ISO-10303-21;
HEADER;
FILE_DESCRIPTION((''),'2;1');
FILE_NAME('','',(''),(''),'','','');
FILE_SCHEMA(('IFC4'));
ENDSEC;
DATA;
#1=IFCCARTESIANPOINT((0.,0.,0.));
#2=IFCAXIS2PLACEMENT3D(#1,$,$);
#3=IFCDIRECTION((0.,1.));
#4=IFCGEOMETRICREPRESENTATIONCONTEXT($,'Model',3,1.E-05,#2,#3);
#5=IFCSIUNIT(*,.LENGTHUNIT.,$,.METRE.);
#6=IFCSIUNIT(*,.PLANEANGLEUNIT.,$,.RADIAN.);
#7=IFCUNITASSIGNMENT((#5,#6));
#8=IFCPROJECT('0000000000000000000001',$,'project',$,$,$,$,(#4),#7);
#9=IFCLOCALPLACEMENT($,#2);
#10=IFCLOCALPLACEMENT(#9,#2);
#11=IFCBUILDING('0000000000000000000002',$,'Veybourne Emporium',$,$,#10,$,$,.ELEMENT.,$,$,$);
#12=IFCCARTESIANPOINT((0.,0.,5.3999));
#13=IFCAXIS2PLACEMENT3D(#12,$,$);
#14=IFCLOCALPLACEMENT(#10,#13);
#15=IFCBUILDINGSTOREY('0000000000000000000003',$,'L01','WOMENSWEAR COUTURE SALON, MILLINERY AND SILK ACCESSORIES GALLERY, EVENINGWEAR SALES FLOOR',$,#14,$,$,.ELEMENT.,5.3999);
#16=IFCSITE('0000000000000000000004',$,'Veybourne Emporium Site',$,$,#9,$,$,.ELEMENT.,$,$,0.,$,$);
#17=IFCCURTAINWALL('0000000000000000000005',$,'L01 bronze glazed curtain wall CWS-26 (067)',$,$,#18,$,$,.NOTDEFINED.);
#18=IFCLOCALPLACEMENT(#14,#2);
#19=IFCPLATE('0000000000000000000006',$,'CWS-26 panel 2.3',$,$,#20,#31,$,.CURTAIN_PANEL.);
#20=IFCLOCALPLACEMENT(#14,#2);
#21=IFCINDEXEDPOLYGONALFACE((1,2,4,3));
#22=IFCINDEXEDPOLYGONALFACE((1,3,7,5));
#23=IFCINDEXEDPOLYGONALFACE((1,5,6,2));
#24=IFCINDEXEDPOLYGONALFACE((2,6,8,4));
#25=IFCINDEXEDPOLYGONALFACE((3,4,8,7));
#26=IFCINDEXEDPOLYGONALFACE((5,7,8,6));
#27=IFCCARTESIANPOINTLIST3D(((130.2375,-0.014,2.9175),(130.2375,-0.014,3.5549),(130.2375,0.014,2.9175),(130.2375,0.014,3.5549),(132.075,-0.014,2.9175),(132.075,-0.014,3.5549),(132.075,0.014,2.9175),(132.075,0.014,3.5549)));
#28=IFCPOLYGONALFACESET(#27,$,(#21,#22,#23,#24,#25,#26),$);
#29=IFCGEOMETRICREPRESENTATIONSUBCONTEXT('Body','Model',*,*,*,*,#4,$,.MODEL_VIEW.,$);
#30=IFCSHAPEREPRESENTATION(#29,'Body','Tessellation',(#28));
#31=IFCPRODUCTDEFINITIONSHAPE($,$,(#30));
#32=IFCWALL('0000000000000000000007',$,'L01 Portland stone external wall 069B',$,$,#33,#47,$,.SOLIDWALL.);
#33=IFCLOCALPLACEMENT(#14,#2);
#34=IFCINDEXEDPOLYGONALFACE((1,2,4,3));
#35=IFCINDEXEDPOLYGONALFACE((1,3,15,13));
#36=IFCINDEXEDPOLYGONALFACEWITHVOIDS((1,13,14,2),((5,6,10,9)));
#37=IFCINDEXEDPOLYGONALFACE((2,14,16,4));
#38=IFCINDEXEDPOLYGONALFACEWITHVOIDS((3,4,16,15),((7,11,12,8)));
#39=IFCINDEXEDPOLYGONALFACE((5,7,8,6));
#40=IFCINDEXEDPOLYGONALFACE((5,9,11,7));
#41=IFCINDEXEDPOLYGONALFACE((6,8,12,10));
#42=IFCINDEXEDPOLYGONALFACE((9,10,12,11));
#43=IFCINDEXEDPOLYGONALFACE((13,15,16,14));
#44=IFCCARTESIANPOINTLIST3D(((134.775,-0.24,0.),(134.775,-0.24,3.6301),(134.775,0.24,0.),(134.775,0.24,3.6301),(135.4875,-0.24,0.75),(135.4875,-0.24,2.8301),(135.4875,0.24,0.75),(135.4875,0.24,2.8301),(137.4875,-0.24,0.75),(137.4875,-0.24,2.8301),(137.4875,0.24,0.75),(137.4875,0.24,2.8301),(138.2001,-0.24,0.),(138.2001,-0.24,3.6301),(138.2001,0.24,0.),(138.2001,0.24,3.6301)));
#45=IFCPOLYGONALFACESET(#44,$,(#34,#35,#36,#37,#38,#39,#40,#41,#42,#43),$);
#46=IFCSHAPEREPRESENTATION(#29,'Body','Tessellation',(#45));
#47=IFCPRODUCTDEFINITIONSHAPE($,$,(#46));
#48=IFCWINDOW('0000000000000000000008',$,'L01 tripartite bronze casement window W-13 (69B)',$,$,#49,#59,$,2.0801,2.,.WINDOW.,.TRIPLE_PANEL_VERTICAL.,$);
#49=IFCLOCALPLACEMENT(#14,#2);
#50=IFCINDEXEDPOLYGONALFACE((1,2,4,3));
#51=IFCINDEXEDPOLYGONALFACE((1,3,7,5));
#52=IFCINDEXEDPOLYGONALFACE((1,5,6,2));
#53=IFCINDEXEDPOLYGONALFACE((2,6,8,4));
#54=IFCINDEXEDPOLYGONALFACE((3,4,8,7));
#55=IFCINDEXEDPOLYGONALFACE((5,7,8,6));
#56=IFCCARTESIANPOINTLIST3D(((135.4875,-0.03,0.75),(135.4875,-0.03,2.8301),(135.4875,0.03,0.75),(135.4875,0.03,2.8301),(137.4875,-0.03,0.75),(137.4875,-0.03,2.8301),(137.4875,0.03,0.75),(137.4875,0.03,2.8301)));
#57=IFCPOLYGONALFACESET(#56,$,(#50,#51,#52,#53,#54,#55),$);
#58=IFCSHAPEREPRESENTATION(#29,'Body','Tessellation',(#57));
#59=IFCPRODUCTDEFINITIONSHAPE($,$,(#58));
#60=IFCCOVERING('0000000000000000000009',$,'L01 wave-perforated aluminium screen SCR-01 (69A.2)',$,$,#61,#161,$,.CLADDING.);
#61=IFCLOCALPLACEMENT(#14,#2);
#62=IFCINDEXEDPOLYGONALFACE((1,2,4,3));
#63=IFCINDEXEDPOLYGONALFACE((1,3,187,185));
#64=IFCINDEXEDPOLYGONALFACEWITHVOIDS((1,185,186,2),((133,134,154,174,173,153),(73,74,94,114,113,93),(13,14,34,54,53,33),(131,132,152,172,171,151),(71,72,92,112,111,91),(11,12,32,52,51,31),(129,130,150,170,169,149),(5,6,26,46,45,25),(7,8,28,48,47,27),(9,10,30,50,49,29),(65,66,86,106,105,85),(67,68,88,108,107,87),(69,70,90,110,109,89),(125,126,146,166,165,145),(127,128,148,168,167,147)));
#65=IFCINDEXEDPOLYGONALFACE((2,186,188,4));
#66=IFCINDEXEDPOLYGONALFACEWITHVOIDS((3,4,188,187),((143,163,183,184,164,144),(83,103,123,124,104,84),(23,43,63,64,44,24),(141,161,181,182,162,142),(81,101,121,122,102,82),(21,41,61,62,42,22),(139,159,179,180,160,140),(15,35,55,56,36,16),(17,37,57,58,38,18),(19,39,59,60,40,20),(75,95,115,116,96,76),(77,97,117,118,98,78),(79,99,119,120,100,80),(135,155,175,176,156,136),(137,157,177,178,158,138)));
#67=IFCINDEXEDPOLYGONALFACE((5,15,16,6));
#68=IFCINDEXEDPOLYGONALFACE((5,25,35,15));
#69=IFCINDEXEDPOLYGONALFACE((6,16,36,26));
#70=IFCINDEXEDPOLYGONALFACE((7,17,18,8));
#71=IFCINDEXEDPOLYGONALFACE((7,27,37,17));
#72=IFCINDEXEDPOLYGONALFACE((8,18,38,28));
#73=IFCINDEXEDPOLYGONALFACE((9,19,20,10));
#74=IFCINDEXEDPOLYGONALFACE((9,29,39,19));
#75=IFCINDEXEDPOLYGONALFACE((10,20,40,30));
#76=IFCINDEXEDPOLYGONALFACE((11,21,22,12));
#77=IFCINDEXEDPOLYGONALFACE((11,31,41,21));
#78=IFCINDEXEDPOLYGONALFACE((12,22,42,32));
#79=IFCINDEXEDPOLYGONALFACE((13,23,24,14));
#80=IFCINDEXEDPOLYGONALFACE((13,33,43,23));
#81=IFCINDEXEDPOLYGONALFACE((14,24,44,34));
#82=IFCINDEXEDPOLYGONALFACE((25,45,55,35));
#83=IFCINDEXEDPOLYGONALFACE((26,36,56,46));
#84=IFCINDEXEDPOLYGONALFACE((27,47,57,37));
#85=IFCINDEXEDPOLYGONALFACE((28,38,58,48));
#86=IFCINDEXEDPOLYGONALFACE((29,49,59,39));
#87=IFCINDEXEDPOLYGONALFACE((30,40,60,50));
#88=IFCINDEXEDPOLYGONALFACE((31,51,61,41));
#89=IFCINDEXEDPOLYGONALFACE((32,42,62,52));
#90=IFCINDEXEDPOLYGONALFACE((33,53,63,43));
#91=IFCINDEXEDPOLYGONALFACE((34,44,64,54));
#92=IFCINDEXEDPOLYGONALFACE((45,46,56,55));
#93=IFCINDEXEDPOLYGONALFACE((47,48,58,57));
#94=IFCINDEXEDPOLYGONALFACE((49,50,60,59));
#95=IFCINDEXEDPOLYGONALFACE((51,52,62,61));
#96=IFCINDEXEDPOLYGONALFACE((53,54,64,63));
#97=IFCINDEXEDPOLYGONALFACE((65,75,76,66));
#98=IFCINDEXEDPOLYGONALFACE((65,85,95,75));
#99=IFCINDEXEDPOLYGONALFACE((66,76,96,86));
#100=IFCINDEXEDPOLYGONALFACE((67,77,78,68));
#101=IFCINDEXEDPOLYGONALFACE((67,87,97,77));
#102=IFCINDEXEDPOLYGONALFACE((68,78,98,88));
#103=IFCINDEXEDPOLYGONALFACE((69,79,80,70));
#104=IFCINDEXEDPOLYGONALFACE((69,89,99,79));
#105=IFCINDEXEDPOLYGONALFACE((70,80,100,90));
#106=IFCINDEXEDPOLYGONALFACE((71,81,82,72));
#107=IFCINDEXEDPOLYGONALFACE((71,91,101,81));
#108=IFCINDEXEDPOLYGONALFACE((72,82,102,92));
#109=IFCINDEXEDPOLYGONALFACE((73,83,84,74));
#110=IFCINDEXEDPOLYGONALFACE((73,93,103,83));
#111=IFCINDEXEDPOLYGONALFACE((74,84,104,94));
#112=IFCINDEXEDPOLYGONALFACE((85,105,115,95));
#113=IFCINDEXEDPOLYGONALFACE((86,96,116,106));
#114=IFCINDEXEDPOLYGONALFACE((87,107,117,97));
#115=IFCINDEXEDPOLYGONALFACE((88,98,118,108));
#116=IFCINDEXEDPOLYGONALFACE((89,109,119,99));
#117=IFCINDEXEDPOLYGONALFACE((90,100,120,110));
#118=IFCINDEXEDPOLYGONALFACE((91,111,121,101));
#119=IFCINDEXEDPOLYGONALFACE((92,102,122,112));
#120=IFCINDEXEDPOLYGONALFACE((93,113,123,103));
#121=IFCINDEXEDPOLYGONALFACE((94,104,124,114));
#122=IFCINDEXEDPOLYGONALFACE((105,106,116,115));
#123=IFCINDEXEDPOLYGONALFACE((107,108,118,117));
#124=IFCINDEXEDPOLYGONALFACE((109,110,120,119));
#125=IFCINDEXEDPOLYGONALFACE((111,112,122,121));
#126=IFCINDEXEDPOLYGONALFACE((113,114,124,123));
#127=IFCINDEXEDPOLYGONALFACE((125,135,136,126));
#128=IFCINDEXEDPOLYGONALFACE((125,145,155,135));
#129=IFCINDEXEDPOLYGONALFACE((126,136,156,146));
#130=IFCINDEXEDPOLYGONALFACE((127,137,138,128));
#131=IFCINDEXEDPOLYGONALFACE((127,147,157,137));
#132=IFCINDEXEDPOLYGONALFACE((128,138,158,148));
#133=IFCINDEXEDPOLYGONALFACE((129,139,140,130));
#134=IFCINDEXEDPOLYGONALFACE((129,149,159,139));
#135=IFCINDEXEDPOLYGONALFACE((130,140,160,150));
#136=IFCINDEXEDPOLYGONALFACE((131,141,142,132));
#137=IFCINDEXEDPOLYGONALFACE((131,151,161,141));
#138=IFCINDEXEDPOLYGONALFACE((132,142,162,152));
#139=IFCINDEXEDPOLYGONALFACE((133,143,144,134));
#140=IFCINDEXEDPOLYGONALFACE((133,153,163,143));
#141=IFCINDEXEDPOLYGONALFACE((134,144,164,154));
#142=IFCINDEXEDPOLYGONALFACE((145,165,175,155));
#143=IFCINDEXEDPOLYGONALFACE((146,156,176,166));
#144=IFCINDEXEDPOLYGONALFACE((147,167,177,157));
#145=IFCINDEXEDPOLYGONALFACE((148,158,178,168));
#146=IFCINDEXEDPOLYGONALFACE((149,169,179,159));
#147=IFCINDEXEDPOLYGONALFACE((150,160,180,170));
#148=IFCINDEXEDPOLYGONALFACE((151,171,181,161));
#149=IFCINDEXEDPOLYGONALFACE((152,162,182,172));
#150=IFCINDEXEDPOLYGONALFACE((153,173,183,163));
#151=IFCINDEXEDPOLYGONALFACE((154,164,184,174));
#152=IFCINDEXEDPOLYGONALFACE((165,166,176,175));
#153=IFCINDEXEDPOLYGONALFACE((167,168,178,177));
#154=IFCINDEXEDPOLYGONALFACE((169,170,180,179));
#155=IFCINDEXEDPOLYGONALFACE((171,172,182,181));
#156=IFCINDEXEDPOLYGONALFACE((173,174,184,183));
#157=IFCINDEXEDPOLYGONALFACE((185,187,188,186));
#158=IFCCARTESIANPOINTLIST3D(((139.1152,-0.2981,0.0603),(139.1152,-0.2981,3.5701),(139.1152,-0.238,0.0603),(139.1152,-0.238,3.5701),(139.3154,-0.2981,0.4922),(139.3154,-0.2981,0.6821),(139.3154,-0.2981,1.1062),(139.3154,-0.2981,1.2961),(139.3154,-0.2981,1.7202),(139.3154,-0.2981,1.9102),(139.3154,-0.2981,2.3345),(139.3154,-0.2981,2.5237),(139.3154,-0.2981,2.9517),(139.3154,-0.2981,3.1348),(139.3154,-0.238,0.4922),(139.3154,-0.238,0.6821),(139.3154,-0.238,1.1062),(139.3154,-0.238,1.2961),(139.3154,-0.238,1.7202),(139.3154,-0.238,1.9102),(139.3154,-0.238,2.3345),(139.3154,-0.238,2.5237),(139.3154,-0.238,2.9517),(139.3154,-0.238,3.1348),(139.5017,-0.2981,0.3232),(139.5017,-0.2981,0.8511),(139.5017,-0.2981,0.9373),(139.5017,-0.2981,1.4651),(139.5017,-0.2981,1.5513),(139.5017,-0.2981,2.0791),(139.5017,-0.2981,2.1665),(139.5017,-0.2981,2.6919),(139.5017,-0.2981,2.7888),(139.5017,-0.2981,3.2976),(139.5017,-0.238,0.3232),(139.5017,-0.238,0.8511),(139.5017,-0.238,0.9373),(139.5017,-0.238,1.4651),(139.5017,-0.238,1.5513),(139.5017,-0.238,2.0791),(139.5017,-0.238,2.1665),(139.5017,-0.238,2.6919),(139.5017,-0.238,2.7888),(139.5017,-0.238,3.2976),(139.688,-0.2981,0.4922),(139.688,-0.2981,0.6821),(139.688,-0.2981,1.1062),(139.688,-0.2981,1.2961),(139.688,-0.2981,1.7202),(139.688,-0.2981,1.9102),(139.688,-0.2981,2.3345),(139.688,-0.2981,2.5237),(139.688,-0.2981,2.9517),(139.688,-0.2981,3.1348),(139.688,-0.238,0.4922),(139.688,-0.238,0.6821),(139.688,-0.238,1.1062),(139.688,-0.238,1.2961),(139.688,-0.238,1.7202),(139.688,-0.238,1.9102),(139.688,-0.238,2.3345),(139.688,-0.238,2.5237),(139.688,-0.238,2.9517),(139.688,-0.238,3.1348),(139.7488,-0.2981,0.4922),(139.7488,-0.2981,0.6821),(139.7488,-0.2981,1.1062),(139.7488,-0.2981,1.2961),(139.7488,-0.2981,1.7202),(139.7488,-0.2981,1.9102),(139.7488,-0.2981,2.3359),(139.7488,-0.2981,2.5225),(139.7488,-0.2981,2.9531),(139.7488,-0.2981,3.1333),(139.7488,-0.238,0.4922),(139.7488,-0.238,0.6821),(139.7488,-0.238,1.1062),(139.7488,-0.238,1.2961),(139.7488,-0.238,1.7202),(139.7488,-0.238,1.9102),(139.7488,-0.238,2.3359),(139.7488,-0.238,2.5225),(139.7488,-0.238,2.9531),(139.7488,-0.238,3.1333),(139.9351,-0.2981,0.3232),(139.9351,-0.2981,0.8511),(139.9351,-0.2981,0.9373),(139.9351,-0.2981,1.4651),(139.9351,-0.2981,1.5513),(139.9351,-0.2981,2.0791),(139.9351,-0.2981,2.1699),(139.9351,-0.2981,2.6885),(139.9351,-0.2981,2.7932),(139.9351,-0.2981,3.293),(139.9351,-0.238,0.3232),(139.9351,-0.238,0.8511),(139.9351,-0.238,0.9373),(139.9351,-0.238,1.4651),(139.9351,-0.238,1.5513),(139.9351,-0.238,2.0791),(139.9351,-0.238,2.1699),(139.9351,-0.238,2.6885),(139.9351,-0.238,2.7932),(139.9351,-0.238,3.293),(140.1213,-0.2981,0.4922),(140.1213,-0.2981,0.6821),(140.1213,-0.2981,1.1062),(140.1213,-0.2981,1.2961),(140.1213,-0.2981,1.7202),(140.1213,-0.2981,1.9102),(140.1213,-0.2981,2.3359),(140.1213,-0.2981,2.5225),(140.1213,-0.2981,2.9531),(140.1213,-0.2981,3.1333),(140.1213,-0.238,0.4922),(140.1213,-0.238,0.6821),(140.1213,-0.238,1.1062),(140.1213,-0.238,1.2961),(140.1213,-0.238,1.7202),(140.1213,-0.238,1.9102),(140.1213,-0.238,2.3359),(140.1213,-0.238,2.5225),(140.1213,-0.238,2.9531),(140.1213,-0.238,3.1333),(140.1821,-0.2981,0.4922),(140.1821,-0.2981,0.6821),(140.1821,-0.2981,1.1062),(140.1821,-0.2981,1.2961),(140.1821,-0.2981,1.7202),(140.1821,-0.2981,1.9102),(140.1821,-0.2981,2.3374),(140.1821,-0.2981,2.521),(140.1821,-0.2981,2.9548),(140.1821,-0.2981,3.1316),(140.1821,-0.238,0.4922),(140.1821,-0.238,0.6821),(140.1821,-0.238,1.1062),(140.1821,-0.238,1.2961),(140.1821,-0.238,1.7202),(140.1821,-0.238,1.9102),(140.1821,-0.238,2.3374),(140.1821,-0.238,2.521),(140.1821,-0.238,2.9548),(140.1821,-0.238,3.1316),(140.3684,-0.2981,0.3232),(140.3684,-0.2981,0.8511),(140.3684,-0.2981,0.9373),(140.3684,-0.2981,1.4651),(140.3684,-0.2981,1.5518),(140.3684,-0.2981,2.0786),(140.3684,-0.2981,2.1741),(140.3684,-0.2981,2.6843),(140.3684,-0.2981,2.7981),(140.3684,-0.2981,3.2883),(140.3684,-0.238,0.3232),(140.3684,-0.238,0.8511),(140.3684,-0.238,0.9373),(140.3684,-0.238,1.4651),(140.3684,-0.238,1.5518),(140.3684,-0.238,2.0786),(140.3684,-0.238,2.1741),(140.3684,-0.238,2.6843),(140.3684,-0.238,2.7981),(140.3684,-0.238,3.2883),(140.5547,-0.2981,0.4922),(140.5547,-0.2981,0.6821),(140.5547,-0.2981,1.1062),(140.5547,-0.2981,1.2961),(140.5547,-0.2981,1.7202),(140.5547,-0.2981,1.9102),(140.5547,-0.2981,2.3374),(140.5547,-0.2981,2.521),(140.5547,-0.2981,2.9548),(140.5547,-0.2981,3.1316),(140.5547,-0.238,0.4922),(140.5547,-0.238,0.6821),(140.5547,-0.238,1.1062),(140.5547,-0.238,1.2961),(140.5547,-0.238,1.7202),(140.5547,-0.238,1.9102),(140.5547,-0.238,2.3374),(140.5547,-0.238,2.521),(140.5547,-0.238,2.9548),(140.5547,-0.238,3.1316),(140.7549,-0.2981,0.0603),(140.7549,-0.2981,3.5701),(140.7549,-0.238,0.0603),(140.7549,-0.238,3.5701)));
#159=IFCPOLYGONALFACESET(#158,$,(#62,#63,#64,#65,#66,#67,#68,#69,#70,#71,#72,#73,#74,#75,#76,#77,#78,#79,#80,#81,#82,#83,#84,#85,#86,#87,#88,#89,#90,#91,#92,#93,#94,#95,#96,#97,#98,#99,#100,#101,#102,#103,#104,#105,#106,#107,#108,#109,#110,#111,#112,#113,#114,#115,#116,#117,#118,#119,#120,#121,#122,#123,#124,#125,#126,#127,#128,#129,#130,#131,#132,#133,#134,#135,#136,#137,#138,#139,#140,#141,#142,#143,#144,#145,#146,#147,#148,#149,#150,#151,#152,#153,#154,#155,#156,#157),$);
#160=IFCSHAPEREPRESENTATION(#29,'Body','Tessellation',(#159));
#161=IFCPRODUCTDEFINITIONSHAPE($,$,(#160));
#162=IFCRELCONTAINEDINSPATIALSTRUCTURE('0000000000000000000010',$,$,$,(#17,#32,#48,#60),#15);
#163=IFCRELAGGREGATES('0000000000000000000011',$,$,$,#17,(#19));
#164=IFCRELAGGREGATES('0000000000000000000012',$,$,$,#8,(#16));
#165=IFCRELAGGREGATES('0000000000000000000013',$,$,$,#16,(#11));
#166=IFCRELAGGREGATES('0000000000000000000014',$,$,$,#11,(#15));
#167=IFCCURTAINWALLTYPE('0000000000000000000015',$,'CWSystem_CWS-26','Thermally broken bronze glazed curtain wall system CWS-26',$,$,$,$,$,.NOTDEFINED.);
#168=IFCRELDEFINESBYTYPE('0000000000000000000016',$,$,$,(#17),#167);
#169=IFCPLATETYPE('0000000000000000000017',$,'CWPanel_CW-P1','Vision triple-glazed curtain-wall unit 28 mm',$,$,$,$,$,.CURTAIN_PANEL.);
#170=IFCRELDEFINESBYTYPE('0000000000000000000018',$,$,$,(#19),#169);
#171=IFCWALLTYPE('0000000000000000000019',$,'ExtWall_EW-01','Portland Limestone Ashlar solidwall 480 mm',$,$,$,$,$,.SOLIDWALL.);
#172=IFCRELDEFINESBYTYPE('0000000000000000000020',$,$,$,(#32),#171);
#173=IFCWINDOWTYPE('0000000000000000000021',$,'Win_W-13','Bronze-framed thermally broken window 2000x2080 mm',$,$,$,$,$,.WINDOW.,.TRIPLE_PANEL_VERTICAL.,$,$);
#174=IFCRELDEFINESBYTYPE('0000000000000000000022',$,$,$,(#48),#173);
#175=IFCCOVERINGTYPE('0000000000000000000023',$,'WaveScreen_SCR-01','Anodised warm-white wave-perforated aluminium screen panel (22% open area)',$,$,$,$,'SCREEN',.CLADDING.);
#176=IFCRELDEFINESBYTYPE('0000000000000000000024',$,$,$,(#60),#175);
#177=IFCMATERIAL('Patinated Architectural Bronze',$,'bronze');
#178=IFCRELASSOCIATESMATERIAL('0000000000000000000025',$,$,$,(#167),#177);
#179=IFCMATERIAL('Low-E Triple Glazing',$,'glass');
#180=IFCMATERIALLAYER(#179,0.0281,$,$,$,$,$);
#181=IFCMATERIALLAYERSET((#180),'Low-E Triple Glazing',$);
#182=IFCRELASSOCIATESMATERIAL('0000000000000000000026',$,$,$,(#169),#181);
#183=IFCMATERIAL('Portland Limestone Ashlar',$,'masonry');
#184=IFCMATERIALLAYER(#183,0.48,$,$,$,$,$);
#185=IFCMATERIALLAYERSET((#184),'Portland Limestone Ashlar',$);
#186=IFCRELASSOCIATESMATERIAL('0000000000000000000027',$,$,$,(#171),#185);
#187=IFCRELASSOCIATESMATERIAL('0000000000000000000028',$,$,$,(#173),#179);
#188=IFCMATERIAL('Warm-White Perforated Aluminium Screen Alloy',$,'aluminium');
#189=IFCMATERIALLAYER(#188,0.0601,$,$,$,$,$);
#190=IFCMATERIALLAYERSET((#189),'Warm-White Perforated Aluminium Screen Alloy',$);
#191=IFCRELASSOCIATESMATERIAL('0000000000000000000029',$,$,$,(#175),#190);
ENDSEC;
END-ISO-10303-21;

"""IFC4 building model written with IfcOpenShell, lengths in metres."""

from ifc_helpers import new_model, si_unit, direction, frame, frame_2d, origin, origin_2d, place, context, subcontext, project, spatial, polyline, rectangle, outline, extrude, material, layer, layer_set, type_object, element, fill, aggregate, save


model = new_model("IFC4")

# Units and contexts
model_context = context("Model", 3, precision=1e-05, world=origin(), true_north=direction((0.0, 1.0)))
body_context = subcontext(model_context, "Body", "Model", "MODEL_VIEW")
ifc_project = project(units=[si_unit("LENGTHUNIT", "METRE"), si_unit("PLANEANGLEUNIT", "RADIAN")], contexts=[model_context])

# Site, building, storey
site_placement = place(None, origin())
site = spatial("IfcSite", under=ifc_project, at=site_placement, Name="Veybourne Emporium Site", CompositionType="ELEMENT", RefElevation=0.0)
building_placement = place(site_placement, origin())
building = spatial("IfcBuilding", under=site, at=building_placement, Name="Veybourne Emporium", CompositionType="ELEMENT")
storey_placement = place(building_placement, frame((0.0, 0.0, 5.3999)))
storey = spatial("IfcBuildingStorey", under=building, at=storey_placement, Name="L01", Description="WOMENSWEAR COUTURE SALON, MILLINERY AND SILK ACCESSORIES GALLERY, EVENINGWEAR SALES FLOOR", CompositionType="ELEMENT", Elevation=5.3999)

# Curtain wall
ifc_material_1 = material(Name="Patinated Architectural Bronze", Category="bronze")
curtain_wall_type = type_object("IfcCurtainWallType", Name="CWSystem_CWS-26", Description="Thermally broken bronze glazed curtain wall system CWS-26", PredefinedType="NOTDEFINED", material=ifc_material_1)
curtain_wall_placement = place(storey_placement, origin())
curtain_wall = element("IfcCurtainWall", 1, at=curtain_wall_placement, inside=storey, type_object=curtain_wall_type, Name="L01 bronze glazed curtain wall CWS-26 (067)", PredefinedType="NOTDEFINED")

# Plate
ifc_material_2 = material(Name="Low-E Triple Glazing", Category="glass")
ifc_layer_1 = layer(ifc_material_2, 0.0281)
ifc_layer_set_1 = layer_set([ifc_layer_1], Name="Low-E Triple Glazing")
plate_type = type_object("IfcPlateType", Name="CWPanel_CW-P1", Description="Vision triple-glazed curtain-wall unit 28 mm", PredefinedType="CURTAIN_PANEL", material=ifc_layer_set_1)
plate_1_placement = place(storey_placement, frame((131.1562, 0.0, 2.9175), z_axis=(0.0, 0.0, 1.0), x_axis=(-1.0, 0.0, 0.0)))
plate_1 = element("IfcPlate", 2, at=plate_1_placement, type_object=plate_type, Name="CWS-26 panel 2.3", PredefinedType="CURTAIN_PANEL", context=body_context, shape_type="SweptSolid", body=[
    extrude(rectangle(XDim=1.8374, YDim=0.0281, at=origin_2d()), origin(), (0.0, 0.0, 1.0), 0.6375),
])
aggregate(curtain_wall, [plate_1])

# Wall, opening, window
ifc_material_3 = material(Name="Portland Limestone Ashlar", Category="masonry")
ifc_layer_2 = layer(ifc_material_3, 0.48)
ifc_layer_set_2 = layer_set([ifc_layer_2], Name="Portland Limestone Ashlar")
wall_type = type_object("IfcWallType", Name="ExtWall_EW-01", Description="Portland Limestone Ashlar solidwall 480 mm", PredefinedType="SOLIDWALL", material=ifc_layer_set_2)
wall_placement = place(storey_placement, frame((138.2, 0.0, 0.0), z_axis=(0.0, 0.0, 1.0), x_axis=(-1.0, 0.0, 0.0)))
wall = element("IfcWall", 3, at=wall_placement, inside=storey, type_object=wall_type, Name="L01 Portland stone external wall 069B", PredefinedType="SOLIDWALL", context=body_context, shape_type="SweptSolid", body=[
    extrude(rectangle(XDim=3.425, YDim=0.48, at=frame_2d((1.7124, 0.0))), origin(), (0.0, 0.0, 1.0), 3.6301),
])
opening_placement = place(wall_placement, frame((0.7124, 0.0, 0.75)))
opening = element("IfcOpeningElement", 4, at=opening_placement, cuts=wall, PredefinedType="OPENING", context=body_context, shape_type="SweptSolid", body=[
    extrude(rectangle(XDim=2.0, YDim=2.0801, at=frame_2d((1.0, 1.04))), frame((0.0, 0.26, 0.0), z_axis=(0.0, -1.0, 0.0), x_axis=(1.0, 0.0, 0.0)), (0.0, 0.0, 1.0), 0.52),
])
window_type = type_object("IfcWindowType", Name="Win_W-13", Description="Bronze-framed thermally broken window 2000x2080 mm", PartitioningType="TRIPLE_PANEL_VERTICAL", PredefinedType="WINDOW", material=ifc_material_2)
window_placement = place(opening_placement, origin())
window = element("IfcWindow", 5, at=window_placement, inside=storey, type_object=window_type, Name="L01 tripartite bronze casement window W-13 (69B)", OverallHeight=2.0801, OverallWidth=2.0, PartitioningType="TRIPLE_PANEL_VERTICAL", PredefinedType="WINDOW", context=body_context, shape_type="SweptSolid", body=[
    extrude(rectangle(XDim=2.0, YDim=2.0801, at=frame_2d((1.0, 1.04))), frame((0.0, 0.03, 0.0), z_axis=(0.0, -1.0, 0.0), x_axis=(1.0, 0.0, 0.0)), (0.0, 0.0, 1.0), 0.0601),
])
fill(opening, window)

# Covering
ifc_material_4 = material(Name="Warm-White Perforated Aluminium Screen Alloy", Category="aluminium")
ifc_layer_3 = layer(ifc_material_4, 0.0601)
ifc_layer_set_3 = layer_set([ifc_layer_3], Name="Warm-White Perforated Aluminium Screen Alloy")
covering_type_1 = type_object("IfcCoveringType", Name="WaveScreen_SCR-01", Description="Anodised warm-white wave-perforated aluminium screen panel (22% open area)", ElementType="SCREEN", PredefinedType="CLADDING", material=ifc_layer_set_3)
covering_1_placement = place(storey_placement, frame((139.9351, -0.2981, 1.8152), z_axis=(0.0, 1.0, 0.0), x_axis=(-1.0, 0.0, 0.0)))
element("IfcCovering", 6, at=covering_1_placement, inside=storey, type_object=covering_type_1, Name="L01 wave-perforated aluminium screen SCR-01 (69A.2)", PredefinedType="CLADDING", context=body_context, shape_type="SweptSolid", body=[
    extrude(outline(polyline([(-0.8198, -1.7549), (0.8198, -1.7549), (0.8198, 1.7549), (-0.8198, 1.7549), (-0.8198, -1.7549)]), holes=[polyline([(-0.4333, -0.9641), (-0.2471, -1.1331), (-0.2471, -1.323), (-0.4333, -1.4919), (-0.6196, -1.323), (-0.6196, -1.1331), (-0.4333, -0.9641)]), polyline([(-0.4333, -0.3501), (-0.2471, -0.519), (-0.2471, -0.709), (-0.4333, -0.8779), (-0.6196, -0.709), (-0.6196, -0.519), (-0.4333, -0.3501)]), polyline([(-0.4333, 0.2634), (-0.2471, 0.095), (-0.2471, -0.095), (-0.4333, -0.2634), (-0.6196, -0.095), (-0.6196, 0.095), (-0.4333, 0.2634)]), polyline([(-0.4333, 0.8691), (-0.2471, 0.7058), (-0.2471, 0.5222), (-0.4333, 0.3589), (-0.6196, 0.5222), (-0.6196, 0.7058), (-0.4333, 0.8691)]), polyline([(-0.4333, 1.4731), (-0.2471, 1.3164), (-0.2471, 1.1396), (-0.4333, 0.9829), (-0.6196, 1.1396), (-0.6196, 1.3164), (-0.4333, 1.4731)]), polyline([(0.0, -0.9641), (0.1863, -1.1331), (0.1863, -1.323), (0.0, -1.4919), (-0.1863, -1.323), (-0.1863, -1.1331), (0.0, -0.9641)]), polyline([(0.0, -0.3501), (0.1863, -0.519), (0.1863, -0.709), (0.0, -0.8779), (-0.1863, -0.709), (-0.1863, -0.519), (0.0, -0.3501)]), polyline([(0.0, 0.2639), (0.1863, 0.095), (0.1863, -0.095), (0.0, -0.2639), (-0.1863, -0.095), (-0.1863, 0.095), (0.0, 0.2639)]), polyline([(0.0, 0.8733), (0.1863, 0.7073), (0.1863, 0.5208), (0.0, 0.3547), (-0.1863, 0.5208), (-0.1863, 0.7073), (0.0, 0.8733)]), polyline([(0.0, 1.4778), (0.1863, 1.3181), (0.1863, 1.1379), (0.0, 0.978), (-0.1863, 1.1379), (-0.1863, 1.3181), (0.0, 1.4778)]), polyline([(0.4333, -0.9641), (0.6196, -1.1331), (0.6196, -1.323), (0.4333, -1.4919), (0.2471, -1.323), (0.2471, -1.1331), (0.4333, -0.9641)]), polyline([(0.4333, -0.3501), (0.6196, -0.519), (0.6196, -0.709), (0.4333, -0.8779), (0.2471, -0.709), (0.2471, -0.519), (0.4333, -0.3501)]), polyline([(0.4333, 0.2639), (0.6196, 0.095), (0.6196, -0.095), (0.4333, -0.2639), (0.2471, -0.095), (0.2471, 0.095), (0.4333, 0.2639)]), polyline([(0.4333, 0.8767), (0.6196, 0.7085), (0.6196, 0.5193), (0.4333, 0.3513), (0.2471, 0.5193), (0.2471, 0.7085), (0.4333, 0.8767)]), polyline([(0.4333, 1.4824), (0.6196, 1.3196), (0.6196, 1.1365), (0.4333, 0.9736), (0.2471, 1.1365), (0.2471, 1.3196), (0.4333, 1.4824)])]), origin(), (0.0, 0.0, 1.0), 0.0601),
])

save(model, "model.ifc")
